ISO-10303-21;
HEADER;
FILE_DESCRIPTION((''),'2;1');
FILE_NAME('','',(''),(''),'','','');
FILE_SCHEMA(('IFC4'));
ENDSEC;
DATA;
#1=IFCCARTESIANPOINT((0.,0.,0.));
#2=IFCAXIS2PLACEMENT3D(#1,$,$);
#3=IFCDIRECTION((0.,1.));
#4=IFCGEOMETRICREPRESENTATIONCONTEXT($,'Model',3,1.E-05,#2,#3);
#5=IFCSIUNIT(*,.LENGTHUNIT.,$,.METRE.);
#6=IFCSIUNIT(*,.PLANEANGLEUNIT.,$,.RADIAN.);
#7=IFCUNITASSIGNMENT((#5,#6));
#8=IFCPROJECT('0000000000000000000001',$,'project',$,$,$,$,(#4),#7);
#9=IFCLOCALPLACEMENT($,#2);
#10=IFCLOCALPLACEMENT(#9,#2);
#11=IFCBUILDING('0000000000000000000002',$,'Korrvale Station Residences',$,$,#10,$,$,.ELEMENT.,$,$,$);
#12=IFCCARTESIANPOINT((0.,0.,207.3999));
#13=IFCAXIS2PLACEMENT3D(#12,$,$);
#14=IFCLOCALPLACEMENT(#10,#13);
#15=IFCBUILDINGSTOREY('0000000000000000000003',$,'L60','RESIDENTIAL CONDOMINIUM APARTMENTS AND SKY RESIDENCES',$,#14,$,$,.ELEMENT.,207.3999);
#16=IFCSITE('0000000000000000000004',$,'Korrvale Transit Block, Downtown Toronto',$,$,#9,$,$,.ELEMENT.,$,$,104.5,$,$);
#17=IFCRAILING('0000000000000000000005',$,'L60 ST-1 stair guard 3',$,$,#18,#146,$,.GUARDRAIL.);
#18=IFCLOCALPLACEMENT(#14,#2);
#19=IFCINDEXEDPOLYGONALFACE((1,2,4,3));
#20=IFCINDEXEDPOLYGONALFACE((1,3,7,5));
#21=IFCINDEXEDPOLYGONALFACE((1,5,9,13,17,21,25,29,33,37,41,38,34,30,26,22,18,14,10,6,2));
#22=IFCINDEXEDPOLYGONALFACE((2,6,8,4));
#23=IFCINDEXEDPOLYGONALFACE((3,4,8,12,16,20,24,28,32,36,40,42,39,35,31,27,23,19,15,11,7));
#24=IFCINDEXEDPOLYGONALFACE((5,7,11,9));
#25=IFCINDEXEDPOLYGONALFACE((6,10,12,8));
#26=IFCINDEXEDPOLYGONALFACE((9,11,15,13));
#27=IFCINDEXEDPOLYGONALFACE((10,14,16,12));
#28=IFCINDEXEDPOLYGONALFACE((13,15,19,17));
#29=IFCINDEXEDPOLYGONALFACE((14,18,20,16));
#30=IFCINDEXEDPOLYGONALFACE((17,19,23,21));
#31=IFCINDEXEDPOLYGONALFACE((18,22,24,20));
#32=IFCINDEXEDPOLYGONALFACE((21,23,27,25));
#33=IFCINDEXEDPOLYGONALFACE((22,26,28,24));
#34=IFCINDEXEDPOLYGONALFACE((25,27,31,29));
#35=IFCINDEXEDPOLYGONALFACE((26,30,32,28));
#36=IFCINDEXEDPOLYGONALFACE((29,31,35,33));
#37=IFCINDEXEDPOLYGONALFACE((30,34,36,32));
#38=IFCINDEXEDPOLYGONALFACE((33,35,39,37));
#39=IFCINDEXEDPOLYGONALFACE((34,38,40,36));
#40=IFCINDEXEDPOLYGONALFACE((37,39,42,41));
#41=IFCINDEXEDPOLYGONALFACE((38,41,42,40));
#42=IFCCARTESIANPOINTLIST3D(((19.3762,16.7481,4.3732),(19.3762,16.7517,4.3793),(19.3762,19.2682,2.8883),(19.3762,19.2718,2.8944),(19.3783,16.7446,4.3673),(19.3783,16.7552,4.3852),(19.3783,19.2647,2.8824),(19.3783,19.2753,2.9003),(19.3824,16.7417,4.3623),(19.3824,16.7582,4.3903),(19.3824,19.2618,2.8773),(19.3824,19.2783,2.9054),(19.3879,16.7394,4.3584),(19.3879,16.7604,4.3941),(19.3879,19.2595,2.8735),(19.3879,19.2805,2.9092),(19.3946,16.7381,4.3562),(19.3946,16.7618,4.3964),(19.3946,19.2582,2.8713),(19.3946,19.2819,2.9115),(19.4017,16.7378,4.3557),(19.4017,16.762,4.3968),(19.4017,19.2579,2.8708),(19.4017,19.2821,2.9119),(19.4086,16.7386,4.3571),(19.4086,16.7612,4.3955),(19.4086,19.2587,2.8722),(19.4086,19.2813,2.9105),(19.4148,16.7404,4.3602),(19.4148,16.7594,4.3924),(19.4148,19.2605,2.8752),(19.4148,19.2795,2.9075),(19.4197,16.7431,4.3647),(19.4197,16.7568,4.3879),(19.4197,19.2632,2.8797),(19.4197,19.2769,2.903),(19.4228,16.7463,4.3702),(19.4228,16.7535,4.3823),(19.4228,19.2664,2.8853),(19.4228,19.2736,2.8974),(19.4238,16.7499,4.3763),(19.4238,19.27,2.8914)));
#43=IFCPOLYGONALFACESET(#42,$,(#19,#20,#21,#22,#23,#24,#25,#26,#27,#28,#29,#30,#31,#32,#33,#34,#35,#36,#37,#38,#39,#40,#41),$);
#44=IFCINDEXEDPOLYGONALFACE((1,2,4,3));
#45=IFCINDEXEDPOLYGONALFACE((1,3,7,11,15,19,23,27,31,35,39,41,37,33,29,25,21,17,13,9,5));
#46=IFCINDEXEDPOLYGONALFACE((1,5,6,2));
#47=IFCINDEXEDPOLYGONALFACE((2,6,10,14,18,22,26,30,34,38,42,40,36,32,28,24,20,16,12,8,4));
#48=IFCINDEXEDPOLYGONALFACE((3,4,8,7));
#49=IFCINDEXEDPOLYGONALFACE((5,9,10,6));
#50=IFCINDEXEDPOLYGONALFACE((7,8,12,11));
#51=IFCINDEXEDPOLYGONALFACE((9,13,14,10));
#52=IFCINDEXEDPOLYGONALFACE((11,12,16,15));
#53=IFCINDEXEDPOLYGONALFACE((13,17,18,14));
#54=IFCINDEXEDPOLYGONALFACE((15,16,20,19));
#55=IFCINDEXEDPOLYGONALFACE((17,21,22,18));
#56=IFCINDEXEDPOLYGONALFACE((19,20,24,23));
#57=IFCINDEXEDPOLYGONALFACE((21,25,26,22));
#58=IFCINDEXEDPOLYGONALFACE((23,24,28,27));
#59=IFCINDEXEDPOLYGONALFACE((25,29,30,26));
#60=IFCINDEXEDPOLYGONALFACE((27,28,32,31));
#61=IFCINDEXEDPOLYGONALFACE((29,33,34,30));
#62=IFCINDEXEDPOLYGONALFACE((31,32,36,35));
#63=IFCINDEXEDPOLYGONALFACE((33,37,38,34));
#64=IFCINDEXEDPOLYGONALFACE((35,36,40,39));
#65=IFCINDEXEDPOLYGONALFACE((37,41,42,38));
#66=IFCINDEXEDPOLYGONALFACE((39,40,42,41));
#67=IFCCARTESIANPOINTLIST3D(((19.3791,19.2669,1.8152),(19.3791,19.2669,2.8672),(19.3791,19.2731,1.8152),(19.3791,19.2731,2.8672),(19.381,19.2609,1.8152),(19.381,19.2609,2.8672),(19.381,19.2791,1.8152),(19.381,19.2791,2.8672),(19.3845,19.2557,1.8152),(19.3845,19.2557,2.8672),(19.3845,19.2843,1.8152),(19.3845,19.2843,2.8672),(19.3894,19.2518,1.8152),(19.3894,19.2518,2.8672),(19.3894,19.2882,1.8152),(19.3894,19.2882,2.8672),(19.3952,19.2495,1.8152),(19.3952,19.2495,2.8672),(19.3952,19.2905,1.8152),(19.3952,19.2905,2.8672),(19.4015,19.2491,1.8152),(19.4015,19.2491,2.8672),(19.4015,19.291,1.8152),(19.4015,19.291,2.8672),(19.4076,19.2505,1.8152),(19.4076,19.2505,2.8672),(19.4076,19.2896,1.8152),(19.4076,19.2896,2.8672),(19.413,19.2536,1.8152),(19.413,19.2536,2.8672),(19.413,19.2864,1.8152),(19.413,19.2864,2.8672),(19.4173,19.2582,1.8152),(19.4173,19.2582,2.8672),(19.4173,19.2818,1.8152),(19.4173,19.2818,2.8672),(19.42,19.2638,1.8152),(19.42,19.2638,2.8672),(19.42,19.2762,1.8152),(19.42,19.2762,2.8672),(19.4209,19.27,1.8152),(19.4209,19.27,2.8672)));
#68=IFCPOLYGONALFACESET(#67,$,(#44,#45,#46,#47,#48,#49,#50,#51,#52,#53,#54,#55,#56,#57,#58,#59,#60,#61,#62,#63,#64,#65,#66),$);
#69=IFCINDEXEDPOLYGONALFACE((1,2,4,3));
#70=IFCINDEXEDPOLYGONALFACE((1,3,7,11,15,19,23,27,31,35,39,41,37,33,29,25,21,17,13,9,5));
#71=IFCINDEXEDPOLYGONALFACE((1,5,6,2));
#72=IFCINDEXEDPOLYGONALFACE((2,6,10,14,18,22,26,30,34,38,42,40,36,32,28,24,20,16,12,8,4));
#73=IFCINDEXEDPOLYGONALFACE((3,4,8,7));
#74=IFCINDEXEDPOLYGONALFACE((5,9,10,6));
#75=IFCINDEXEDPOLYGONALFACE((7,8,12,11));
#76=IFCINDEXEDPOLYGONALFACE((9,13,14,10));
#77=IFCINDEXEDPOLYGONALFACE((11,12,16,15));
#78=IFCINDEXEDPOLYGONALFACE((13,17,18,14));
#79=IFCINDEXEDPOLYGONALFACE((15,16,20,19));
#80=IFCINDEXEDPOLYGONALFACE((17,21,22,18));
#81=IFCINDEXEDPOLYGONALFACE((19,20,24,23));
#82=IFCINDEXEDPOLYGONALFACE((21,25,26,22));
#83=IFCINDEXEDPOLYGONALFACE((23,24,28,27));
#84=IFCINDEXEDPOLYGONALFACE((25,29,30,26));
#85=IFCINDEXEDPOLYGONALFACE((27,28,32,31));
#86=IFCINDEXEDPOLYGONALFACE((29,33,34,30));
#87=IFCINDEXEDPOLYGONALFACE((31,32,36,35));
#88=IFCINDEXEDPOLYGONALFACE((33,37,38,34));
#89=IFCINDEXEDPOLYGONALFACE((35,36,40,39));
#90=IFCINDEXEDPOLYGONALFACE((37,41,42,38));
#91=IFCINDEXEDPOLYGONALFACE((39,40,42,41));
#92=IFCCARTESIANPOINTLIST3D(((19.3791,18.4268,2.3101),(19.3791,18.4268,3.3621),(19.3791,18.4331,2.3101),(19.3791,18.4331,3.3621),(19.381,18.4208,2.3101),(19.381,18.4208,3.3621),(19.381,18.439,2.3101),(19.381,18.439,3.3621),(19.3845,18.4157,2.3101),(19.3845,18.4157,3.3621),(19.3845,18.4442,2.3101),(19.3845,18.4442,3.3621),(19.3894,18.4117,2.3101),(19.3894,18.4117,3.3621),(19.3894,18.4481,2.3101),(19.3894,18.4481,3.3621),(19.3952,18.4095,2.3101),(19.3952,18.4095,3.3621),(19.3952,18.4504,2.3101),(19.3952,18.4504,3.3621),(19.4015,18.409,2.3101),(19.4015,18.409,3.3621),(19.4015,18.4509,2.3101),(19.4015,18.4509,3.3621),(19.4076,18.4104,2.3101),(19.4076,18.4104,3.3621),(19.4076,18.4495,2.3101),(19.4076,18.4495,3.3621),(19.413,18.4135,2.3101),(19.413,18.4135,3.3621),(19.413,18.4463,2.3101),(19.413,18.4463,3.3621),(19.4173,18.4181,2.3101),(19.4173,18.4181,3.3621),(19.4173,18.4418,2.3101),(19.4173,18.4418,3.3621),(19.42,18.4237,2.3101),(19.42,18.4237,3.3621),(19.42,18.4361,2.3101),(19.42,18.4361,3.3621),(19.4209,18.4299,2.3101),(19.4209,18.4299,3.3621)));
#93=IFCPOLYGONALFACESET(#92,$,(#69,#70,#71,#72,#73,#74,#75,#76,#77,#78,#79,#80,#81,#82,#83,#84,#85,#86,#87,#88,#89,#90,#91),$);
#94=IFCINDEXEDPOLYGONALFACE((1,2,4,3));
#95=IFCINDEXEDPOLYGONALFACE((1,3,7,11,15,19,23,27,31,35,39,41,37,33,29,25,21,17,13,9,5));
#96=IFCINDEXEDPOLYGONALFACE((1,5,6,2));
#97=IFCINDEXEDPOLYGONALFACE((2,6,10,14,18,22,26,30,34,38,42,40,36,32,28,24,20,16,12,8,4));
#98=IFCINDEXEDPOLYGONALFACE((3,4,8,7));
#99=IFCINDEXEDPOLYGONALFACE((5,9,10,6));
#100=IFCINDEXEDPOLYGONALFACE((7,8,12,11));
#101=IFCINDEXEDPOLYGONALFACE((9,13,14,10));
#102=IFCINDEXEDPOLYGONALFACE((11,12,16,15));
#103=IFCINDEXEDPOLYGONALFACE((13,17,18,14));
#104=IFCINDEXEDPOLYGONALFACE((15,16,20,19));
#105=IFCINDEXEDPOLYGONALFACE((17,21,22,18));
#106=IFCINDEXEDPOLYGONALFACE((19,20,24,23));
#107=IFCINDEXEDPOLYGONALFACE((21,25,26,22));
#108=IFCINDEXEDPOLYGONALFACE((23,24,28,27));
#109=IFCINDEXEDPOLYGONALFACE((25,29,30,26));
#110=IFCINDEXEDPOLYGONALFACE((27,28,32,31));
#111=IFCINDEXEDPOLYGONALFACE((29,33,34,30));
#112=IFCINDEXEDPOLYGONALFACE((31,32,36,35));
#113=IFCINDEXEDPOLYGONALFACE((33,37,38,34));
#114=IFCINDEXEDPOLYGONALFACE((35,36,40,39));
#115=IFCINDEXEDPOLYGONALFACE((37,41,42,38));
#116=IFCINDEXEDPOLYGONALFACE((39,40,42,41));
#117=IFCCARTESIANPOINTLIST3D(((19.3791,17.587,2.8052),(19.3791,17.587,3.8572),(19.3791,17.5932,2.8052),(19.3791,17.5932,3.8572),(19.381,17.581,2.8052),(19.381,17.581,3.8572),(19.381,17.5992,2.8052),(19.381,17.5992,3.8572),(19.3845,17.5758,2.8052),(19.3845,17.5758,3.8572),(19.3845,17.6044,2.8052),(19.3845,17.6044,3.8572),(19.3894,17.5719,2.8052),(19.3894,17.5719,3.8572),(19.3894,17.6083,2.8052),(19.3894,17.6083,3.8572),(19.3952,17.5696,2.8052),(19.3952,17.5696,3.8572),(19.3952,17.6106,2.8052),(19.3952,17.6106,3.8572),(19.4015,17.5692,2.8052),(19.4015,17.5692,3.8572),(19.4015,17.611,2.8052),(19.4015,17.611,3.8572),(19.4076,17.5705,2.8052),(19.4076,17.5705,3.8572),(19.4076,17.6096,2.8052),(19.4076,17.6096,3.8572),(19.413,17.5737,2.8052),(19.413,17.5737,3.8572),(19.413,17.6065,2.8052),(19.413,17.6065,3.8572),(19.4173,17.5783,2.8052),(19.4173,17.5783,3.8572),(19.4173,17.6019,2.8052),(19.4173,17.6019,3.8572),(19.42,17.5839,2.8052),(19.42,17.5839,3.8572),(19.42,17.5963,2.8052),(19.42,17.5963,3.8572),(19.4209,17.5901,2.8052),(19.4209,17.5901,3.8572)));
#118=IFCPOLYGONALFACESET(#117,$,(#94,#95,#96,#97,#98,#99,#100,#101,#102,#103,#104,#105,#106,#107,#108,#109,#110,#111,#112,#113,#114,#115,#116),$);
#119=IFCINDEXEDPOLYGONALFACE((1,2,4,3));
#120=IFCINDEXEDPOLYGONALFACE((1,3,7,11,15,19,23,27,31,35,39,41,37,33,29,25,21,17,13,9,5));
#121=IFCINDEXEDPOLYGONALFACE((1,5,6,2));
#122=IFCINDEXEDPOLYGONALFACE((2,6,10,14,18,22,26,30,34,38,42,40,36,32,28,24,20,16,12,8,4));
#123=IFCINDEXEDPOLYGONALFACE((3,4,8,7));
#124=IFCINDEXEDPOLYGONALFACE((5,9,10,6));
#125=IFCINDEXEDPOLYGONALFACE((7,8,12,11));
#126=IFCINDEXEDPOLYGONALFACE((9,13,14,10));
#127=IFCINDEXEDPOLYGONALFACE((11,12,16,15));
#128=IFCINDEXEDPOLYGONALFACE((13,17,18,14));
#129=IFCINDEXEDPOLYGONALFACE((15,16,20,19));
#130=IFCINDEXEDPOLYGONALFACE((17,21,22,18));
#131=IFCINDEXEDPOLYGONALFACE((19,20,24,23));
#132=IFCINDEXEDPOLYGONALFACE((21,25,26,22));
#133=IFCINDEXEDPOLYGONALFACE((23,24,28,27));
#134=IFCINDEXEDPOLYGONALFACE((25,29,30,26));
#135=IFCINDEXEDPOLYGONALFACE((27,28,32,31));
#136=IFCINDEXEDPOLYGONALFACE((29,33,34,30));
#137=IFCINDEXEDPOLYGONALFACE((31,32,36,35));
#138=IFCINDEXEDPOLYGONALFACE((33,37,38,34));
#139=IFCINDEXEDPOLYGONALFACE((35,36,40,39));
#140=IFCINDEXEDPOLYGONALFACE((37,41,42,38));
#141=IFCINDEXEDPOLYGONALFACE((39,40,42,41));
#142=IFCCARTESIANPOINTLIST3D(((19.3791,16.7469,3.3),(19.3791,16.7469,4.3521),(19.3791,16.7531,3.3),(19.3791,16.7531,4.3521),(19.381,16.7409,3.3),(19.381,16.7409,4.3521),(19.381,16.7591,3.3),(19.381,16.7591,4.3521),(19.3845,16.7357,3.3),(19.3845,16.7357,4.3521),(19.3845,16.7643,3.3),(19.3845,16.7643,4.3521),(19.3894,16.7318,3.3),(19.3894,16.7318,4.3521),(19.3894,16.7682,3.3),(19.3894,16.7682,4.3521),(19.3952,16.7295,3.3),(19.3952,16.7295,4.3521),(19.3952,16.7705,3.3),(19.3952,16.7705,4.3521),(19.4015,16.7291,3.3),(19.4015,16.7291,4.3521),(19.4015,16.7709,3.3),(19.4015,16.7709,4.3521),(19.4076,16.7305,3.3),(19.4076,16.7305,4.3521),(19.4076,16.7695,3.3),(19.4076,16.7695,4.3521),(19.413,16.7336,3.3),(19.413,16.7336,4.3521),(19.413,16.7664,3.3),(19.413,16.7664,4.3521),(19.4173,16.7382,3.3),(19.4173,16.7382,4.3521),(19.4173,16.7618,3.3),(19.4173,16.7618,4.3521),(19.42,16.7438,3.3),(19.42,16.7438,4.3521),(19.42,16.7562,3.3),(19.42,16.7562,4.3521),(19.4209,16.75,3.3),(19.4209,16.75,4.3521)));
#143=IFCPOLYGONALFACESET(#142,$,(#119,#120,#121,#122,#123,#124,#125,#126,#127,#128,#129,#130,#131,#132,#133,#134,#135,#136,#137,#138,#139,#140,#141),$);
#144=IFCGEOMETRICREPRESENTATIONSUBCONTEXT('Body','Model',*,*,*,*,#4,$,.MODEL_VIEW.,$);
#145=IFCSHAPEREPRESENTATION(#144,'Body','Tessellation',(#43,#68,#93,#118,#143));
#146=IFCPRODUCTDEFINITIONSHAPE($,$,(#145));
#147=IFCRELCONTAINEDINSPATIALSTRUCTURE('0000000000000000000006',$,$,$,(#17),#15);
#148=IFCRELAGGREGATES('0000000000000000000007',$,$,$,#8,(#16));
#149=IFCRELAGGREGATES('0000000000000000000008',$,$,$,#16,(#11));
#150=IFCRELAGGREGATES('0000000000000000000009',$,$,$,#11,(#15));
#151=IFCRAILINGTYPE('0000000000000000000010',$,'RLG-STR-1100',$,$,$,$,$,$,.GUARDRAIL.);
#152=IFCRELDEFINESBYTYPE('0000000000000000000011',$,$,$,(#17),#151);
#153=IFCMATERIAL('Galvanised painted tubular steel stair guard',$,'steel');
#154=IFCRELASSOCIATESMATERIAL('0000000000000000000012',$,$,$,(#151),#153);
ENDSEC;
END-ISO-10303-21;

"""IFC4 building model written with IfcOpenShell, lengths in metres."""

from ifc_helpers import new_model, si_unit, direction, frame, origin, origin_2d, place, context, subcontext, project, spatial, circle, extrude, material, type_object, element, save


model = new_model("IFC4")

# Units and contexts
model_context = context("Model", 3, precision=1e-05, world=origin(), true_north=direction((0.0, 1.0)))
body_context = subcontext(model_context, "Body", "Model", "MODEL_VIEW")
ifc_project = project(units=[si_unit("LENGTHUNIT", "METRE"), si_unit("PLANEANGLEUNIT", "RADIAN")], contexts=[model_context])

# Site, building, storey
site_placement = place(None, origin())
site = spatial("IfcSite", under=ifc_project, at=site_placement, Name="Korrvale Transit Block, Downtown Toronto", CompositionType="ELEMENT", RefElevation=104.5)
building_placement = place(site_placement, origin())
building = spatial("IfcBuilding", under=site, at=building_placement, Name="Korrvale Station Residences", CompositionType="ELEMENT")
storey_placement = place(building_placement, frame((0.0, 0.0, 207.3999)))
storey = spatial("IfcBuildingStorey", under=building, at=storey_placement, Name="L60", Description="RESIDENTIAL CONDOMINIUM APARTMENTS AND SKY RESIDENCES", CompositionType="ELEMENT", Elevation=207.3999)

# Railing
ifc_material_1 = material(Name="Galvanised painted tubular steel stair guard", Category="steel")
railing_type_1 = type_object("IfcRailingType", Name="RLG-STR-1100", PredefinedType="GUARDRAIL", material=ifc_material_1)
railing_1_placement = place(storey_placement, frame((19.3999, 19.27, 1.8152)))
element("IfcRailing", 1, at=railing_1_placement, inside=storey, type_object=railing_type_1, Name="L60 ST-1 stair guard 3", PredefinedType="GUARDRAIL", context=body_context, shape_type="SweptSolid", body=[
    extrude(circle(Radius=0.0239, at=origin_2d()), frame((0.0, 0.0, 1.0762), z_axis=(0.0, -0.861561, 0.507655), x_axis=(1.0, 0.0, 0.0)), (0.0, 0.0, 1.0), 2.925),
    extrude(circle(Radius=0.021, at=origin_2d()), origin(), (0.0, 0.0, 1.0), 1.052),
    extrude(circle(Radius=0.021, at=origin_2d()), frame((0.0, -0.8401, 0.4949)), (0.0, 0.0, 1.0), 1.052),
    extrude(circle(Radius=0.021, at=origin_2d()), frame((0.0, -1.6799, 0.99)), (0.0, 0.0, 1.0), 1.052),
    extrude(circle(Radius=0.021, at=origin_2d()), frame((0.0, -2.52, 1.4849)), (0.0, 0.0, 1.0), 1.052),
])

save(model, "model.ifc")
